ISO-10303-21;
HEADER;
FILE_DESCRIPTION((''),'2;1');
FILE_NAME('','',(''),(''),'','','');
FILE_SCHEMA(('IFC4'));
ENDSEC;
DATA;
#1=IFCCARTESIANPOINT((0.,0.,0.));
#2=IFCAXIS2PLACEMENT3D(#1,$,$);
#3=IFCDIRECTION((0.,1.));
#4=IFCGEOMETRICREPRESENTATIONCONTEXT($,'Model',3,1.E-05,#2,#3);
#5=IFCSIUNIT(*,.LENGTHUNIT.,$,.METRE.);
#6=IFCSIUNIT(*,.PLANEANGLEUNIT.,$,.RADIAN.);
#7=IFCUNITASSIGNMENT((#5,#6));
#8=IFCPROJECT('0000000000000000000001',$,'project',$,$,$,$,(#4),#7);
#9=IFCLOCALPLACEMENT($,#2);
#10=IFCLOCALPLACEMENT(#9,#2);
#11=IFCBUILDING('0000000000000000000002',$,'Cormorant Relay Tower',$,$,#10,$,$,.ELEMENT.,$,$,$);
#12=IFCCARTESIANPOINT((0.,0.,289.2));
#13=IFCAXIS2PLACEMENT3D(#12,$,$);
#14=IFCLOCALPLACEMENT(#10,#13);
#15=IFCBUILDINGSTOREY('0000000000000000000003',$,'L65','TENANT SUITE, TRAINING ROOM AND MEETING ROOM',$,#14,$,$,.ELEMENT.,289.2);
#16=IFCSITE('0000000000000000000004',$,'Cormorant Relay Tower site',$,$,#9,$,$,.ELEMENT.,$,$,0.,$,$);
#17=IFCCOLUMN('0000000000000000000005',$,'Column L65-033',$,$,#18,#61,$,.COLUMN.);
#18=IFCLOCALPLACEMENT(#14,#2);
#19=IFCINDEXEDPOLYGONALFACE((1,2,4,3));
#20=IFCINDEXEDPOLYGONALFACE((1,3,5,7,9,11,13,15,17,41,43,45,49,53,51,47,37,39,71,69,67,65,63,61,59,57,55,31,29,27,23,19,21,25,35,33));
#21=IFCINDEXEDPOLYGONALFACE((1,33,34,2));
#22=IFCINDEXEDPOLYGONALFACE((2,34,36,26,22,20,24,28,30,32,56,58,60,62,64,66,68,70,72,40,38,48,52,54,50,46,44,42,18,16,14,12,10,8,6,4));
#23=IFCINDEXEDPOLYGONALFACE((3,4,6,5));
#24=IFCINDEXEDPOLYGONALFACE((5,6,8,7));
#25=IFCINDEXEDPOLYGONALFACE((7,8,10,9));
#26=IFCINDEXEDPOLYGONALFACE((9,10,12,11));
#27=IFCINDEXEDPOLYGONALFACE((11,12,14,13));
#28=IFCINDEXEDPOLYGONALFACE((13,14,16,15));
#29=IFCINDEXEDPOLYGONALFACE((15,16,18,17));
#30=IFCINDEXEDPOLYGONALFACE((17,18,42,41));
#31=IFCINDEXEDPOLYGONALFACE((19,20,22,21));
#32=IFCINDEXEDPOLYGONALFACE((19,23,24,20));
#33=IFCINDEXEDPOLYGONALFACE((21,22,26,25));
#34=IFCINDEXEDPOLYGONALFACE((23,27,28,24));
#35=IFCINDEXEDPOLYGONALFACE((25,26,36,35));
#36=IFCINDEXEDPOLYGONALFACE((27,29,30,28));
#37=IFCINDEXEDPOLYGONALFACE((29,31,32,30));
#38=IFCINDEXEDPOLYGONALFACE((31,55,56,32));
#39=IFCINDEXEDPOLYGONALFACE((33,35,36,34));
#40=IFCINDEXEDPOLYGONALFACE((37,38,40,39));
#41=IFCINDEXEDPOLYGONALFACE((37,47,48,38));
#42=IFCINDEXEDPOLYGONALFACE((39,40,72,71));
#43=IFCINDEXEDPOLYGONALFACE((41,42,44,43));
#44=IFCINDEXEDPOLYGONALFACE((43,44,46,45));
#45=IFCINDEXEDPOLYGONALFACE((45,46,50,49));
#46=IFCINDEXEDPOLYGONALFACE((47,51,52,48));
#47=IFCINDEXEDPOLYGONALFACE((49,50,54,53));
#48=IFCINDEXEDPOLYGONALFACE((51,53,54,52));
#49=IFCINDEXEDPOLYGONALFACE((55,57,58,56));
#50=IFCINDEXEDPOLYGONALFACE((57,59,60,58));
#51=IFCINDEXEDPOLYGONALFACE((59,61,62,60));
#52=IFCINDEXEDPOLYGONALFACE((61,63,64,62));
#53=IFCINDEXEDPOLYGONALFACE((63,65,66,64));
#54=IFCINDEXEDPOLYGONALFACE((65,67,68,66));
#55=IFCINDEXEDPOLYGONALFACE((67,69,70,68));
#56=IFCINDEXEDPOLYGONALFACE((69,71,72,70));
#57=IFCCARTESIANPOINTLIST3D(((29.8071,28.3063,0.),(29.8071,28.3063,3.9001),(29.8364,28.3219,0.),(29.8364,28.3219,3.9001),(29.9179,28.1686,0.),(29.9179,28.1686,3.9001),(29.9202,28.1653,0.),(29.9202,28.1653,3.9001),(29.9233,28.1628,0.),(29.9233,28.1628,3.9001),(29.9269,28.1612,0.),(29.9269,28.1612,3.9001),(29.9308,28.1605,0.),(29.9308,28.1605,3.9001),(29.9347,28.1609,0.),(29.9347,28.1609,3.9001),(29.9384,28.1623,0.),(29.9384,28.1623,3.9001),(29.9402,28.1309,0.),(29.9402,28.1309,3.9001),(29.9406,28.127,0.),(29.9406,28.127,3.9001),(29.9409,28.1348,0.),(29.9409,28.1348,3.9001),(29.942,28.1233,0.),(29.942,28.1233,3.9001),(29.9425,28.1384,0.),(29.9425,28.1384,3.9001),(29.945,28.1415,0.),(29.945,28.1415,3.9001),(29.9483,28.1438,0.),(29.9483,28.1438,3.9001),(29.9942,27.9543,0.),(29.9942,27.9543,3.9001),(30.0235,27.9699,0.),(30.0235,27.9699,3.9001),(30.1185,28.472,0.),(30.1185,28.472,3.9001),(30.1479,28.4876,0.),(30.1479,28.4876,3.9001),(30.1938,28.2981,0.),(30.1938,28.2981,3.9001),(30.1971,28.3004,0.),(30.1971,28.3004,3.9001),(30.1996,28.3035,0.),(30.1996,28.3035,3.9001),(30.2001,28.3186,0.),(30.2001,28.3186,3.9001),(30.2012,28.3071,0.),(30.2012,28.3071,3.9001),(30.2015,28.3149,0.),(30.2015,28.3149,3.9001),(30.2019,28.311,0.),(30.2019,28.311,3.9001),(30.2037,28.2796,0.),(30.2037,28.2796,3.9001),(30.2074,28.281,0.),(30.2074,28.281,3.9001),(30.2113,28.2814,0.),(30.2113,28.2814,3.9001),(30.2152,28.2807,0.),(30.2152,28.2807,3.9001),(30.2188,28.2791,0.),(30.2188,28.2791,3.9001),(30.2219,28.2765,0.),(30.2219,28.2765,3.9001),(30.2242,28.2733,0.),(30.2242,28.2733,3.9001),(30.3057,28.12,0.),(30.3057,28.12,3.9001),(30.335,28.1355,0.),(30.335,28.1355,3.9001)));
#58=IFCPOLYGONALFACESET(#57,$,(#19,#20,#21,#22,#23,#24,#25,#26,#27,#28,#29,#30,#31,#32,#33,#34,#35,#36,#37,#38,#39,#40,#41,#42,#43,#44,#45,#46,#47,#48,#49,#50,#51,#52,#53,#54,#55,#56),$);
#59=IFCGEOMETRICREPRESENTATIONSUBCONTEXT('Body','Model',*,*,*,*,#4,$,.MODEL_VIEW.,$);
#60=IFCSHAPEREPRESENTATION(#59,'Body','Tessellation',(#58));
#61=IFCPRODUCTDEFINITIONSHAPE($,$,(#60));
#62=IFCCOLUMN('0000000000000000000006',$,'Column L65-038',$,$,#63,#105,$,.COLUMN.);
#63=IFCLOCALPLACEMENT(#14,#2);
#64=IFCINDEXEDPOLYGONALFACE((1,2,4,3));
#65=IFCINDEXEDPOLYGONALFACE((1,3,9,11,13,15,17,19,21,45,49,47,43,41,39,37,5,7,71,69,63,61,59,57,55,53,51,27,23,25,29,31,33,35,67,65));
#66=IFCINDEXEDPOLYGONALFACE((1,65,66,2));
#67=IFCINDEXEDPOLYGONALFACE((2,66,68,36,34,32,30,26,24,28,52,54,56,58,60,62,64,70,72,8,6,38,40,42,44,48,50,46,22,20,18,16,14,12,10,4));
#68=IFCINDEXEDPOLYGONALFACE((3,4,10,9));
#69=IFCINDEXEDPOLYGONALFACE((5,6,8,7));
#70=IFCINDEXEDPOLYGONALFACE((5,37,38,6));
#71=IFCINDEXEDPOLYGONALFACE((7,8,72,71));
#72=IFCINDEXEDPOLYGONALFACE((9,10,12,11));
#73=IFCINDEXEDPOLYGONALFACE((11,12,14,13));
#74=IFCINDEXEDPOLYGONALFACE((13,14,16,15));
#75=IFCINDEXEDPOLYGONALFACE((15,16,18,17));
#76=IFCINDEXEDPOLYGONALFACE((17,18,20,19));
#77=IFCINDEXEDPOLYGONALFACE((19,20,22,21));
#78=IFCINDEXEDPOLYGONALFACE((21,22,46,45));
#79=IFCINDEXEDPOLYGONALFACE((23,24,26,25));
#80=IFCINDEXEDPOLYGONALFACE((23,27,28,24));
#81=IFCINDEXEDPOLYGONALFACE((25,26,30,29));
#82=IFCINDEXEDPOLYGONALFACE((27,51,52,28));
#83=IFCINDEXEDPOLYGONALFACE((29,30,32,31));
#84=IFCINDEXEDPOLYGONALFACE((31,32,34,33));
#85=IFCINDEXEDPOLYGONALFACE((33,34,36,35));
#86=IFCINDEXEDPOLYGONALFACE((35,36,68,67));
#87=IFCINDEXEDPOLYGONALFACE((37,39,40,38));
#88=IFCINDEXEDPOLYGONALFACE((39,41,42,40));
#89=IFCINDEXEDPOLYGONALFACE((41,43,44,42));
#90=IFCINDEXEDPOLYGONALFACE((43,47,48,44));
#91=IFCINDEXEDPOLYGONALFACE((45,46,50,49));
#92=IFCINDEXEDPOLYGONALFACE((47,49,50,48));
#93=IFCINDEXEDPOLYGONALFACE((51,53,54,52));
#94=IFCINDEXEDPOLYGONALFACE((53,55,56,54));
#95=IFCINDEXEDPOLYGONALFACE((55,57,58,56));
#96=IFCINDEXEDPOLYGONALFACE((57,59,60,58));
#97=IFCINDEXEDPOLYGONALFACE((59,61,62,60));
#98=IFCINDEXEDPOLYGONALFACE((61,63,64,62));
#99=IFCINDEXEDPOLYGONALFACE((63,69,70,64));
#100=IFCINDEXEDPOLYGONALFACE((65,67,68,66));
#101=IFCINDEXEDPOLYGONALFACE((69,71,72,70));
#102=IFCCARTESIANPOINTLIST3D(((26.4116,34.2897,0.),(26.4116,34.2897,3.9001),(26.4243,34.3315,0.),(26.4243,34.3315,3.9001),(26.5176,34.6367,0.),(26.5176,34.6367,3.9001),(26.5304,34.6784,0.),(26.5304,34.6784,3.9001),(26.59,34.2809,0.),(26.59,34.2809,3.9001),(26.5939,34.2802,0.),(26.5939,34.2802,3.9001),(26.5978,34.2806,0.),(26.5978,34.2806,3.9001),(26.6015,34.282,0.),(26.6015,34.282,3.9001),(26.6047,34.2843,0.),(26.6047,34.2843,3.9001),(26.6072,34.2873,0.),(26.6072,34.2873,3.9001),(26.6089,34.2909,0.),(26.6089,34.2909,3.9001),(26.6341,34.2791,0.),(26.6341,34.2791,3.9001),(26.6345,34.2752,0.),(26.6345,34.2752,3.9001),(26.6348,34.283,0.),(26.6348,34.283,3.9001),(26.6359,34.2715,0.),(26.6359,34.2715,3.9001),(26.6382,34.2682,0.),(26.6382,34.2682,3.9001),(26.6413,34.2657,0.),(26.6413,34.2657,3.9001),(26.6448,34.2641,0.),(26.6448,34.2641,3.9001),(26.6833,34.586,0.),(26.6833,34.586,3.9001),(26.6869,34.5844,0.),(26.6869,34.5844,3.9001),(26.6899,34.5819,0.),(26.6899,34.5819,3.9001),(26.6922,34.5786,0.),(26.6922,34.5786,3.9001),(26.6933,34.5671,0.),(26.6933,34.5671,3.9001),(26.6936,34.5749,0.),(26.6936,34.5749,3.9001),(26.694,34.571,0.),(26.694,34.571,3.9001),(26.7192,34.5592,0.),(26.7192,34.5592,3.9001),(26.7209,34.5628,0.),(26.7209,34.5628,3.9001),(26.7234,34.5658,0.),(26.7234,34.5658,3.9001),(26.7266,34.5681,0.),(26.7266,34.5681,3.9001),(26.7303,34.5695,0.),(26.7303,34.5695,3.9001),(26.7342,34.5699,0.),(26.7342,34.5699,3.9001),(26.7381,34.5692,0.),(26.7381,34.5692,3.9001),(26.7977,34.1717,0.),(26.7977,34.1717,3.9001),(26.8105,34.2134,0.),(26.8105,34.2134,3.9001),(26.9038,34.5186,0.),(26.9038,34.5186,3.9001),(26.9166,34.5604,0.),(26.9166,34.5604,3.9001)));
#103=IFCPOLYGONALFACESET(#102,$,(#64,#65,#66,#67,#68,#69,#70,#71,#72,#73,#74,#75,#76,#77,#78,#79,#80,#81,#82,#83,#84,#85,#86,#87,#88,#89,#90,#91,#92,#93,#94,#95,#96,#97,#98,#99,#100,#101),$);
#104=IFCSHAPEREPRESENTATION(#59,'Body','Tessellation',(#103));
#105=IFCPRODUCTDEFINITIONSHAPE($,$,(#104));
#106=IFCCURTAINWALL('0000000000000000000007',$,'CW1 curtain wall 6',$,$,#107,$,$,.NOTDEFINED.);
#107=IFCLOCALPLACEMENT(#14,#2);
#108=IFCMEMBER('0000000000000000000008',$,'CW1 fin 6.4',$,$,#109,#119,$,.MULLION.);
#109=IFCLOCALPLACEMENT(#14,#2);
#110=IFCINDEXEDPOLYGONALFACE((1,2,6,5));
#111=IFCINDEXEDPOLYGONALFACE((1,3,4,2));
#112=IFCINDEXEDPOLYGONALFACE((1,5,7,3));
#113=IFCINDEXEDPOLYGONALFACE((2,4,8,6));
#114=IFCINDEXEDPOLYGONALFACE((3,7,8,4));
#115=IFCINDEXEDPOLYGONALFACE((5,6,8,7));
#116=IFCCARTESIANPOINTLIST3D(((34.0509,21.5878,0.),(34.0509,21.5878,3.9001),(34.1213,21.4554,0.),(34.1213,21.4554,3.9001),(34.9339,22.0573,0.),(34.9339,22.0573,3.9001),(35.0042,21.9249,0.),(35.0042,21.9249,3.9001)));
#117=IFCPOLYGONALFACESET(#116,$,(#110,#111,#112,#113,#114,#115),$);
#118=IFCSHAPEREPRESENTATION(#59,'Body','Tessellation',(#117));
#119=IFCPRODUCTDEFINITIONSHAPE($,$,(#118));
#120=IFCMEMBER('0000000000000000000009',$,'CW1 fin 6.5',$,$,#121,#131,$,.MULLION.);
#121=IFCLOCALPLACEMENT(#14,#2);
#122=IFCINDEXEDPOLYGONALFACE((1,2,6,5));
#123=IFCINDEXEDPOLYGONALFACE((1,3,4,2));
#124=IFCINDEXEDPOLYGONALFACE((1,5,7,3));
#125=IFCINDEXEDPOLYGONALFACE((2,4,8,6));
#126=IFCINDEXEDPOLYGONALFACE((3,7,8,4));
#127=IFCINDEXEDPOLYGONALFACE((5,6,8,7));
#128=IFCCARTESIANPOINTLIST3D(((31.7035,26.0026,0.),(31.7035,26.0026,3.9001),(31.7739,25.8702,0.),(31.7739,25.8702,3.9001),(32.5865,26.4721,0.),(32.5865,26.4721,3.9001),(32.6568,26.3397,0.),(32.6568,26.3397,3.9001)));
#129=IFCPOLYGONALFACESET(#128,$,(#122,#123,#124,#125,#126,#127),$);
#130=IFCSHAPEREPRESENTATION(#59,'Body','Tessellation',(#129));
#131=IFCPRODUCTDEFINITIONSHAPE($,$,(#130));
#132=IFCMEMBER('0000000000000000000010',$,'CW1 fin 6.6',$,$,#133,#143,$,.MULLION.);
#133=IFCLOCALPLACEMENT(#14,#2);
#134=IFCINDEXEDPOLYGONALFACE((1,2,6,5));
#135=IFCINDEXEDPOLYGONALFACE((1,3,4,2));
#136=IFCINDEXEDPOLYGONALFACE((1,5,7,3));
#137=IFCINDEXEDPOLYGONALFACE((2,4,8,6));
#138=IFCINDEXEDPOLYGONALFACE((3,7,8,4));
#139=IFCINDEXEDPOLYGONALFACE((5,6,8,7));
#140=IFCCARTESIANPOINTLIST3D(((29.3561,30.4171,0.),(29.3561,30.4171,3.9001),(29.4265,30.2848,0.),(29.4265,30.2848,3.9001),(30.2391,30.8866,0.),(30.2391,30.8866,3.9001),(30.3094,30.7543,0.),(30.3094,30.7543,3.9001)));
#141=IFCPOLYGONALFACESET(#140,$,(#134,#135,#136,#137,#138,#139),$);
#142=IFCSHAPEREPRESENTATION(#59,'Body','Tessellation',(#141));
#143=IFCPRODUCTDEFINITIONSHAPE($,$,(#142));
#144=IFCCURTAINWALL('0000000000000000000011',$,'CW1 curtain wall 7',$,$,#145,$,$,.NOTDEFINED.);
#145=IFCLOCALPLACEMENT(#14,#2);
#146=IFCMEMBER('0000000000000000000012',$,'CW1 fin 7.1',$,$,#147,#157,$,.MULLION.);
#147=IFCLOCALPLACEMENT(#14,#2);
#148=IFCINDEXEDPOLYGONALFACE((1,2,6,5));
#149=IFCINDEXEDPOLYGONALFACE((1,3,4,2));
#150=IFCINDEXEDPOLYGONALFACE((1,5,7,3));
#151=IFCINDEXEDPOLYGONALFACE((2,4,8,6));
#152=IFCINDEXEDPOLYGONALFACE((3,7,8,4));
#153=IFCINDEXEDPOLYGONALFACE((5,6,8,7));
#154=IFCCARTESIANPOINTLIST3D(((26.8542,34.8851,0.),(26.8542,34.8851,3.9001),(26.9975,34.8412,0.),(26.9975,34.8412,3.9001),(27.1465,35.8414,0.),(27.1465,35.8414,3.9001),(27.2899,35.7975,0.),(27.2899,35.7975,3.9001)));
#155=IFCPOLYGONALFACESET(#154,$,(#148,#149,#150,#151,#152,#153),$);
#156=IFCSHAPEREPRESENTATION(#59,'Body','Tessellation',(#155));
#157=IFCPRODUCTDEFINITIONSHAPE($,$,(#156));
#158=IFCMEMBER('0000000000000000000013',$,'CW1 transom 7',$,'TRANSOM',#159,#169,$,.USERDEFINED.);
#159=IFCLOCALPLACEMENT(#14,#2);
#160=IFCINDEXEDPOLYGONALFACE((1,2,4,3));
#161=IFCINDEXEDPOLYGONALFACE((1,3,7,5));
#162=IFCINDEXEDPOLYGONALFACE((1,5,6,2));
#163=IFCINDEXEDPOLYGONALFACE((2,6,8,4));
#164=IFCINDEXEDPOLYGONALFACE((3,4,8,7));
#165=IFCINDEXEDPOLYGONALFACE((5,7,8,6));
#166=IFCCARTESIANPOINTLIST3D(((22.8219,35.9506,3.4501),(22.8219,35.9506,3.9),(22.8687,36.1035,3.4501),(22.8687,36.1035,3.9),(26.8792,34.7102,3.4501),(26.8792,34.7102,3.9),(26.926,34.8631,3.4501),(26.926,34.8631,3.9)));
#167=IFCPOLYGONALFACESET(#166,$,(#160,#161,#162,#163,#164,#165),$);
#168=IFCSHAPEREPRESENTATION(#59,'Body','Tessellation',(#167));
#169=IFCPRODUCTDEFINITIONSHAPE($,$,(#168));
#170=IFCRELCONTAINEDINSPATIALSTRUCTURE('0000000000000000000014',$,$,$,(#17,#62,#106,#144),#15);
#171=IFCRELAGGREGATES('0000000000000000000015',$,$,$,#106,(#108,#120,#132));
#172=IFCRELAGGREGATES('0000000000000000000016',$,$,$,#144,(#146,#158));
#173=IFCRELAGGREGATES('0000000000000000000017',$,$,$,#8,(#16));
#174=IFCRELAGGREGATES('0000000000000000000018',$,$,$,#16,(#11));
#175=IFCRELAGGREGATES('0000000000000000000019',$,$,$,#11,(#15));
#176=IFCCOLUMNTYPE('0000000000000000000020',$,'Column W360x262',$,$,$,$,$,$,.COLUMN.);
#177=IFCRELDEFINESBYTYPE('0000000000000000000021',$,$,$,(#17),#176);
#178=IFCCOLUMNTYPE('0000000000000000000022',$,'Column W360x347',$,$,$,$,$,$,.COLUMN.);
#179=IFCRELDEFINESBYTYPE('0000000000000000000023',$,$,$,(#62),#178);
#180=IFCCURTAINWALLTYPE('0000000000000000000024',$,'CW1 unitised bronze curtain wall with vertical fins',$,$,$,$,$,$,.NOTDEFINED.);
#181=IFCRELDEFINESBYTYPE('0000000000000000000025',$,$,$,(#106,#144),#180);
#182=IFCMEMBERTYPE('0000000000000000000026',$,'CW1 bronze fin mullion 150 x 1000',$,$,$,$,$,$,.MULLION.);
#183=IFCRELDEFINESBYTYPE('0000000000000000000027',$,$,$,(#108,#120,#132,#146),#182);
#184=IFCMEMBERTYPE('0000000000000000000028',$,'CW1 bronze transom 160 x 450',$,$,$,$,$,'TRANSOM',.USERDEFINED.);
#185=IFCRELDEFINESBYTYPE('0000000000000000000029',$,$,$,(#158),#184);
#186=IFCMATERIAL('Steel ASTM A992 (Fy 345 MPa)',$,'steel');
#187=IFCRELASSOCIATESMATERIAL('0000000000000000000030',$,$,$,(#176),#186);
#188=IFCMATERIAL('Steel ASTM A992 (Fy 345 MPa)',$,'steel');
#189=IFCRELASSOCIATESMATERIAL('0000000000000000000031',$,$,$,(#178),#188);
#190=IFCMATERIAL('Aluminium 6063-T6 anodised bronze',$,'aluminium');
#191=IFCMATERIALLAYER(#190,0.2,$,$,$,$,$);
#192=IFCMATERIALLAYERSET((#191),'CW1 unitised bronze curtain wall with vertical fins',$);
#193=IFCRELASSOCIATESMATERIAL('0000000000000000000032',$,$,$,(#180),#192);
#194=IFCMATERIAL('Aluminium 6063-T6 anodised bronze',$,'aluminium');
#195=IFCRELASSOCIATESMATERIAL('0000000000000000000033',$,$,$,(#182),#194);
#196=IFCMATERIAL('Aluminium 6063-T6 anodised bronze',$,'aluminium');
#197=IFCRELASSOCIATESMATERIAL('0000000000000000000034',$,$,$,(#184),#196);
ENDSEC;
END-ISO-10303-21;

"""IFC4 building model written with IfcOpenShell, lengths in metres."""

from ifc_helpers import new_model, si_unit, direction, frame, origin, origin_2d, place, context, subcontext, project, spatial, rectangle, i_section, extrude, material, layer, layer_set, material_profile, profile_set, type_object, element, aggregate, save


model = new_model("IFC4")

# Units and contexts
model_context = context("Model", 3, precision=1e-05, world=origin(), true_north=direction((0.0, 1.0)))
body_context = subcontext(model_context, "Body", "Model", "MODEL_VIEW")
ifc_project = project(units=[si_unit("LENGTHUNIT", "METRE"), si_unit("PLANEANGLEUNIT", "RADIAN")], contexts=[model_context])

# Site, building, storey
site_placement = place(None, origin())
site = spatial("IfcSite", under=ifc_project, at=site_placement, Name="Cormorant Relay Tower site", CompositionType="ELEMENT", RefElevation=0.0)
building_placement = place(site_placement, origin())
building = spatial("IfcBuilding", under=site, at=building_placement, Name="Cormorant Relay Tower", CompositionType="ELEMENT")
storey_placement = place(building_placement, frame((0.0, 0.0, 289.2)))
storey = spatial("IfcBuildingStorey", under=building, at=storey_placement, Name="L65", Description="TENANT SUITE, TRAINING ROOM AND MEETING ROOM", CompositionType="ELEMENT", Elevation=289.2)

# Columns
ifc_material_1 = material(Name="Steel ASTM A992 (Fy 345 MPa)", Category="steel")
ifc_material_profile_1 = material_profile(ifc_material_1, i_section(OverallWidth=0.3987, OverallDepth=0.386, WebThickness=0.021, FlangeThickness=0.0332, FilletRadius=0.0151, at=origin_2d()), Name="W360x262")
ifc_profile_set_1 = profile_set([ifc_material_profile_1], Name="Steel ASTM A992 (Fy 345 MPa)")
column_type_1 = type_object("IfcColumnType", Name="Column W360x262", PredefinedType="COLUMN", material=ifc_profile_set_1)
column_1_placement = place(storey_placement, frame((30.071, 28.2209, 0.0), z_axis=(0.0, 0.0, 1.0), x_axis=(-0.469472, 0.882948, 0.0)))
element("IfcColumn", 1, at=column_1_placement, inside=storey, type_object=column_type_1, Name="Column L65-033", PredefinedType="COLUMN", context=body_context, shape_type="SweptSolid", body=[
    extrude(i_section(OverallWidth=0.3987, OverallDepth=0.386, WebThickness=0.021, FlangeThickness=0.0332, FilletRadius=0.0151, at=origin_2d()), origin(), (0.0, 0.0, 1.0), 3.9001),
])
ifc_material_2 = material(Name="Steel ASTM A992 (Fy 345 MPa)", Category="steel")
ifc_material_profile_2 = material_profile(ifc_material_2, i_section(OverallWidth=0.4038, OverallDepth=0.4065, WebThickness=0.0271, FlangeThickness=0.0437, FilletRadius=0.0151, at=origin_2d()), Name="W360x347")
ifc_profile_set_2 = profile_set([ifc_material_profile_2], Name="Steel ASTM A992 (Fy 345 MPa)")
column_type_2 = type_object("IfcColumnType", Name="Column W360x347", PredefinedType="COLUMN", material=ifc_profile_set_2)
column_2_placement = place(storey_placement, frame((26.6641, 34.425, 0.0), z_axis=(0.0, 0.0, 1.0), x_axis=(-0.956305, 0.292372, 0.0)))
element("IfcColumn", 2, at=column_2_placement, inside=storey, type_object=column_type_2, Name="Column L65-038", PredefinedType="COLUMN", context=body_context, shape_type="SweptSolid", body=[
    extrude(i_section(OverallWidth=0.4038, OverallDepth=0.4065, WebThickness=0.0271, FlangeThickness=0.0437, FilletRadius=0.0151, at=origin_2d()), origin(), (0.0, 0.0, 1.0), 3.9001),
])

# Curtain walls, members
ifc_material_3 = material(Name="Aluminium 6063-T6 anodised bronze", Category="aluminium")
ifc_layer_1 = layer(ifc_material_3, 0.2)
ifc_layer_set_1 = layer_set([ifc_layer_1], Name="CW1 unitised bronze curtain wall with vertical fins")
curtain_wall_type = type_object("IfcCurtainWallType", Name="CW1 unitised bronze curtain wall with vertical fins", PredefinedType="NOTDEFINED", material=ifc_layer_set_1)
curtain_wall_1_placement = place(storey_placement, origin())
curtain_wall_1 = element("IfcCurtainWall", 3, at=curtain_wall_1_placement, inside=storey, type_object=curtain_wall_type, Name="CW1 curtain wall 6", PredefinedType="NOTDEFINED")
ifc_material_4 = material(Name="Aluminium 6063-T6 anodised bronze", Category="aluminium")
ifc_material_profile_3 = material_profile(ifc_material_4, rectangle(XDim=0.1499, YDim=1.0, at=origin_2d()), Name="AL 150x1000")
ifc_profile_set_3 = profile_set([ifc_material_profile_3], Name="Aluminium 6063-T6 anodised bronze")
member_type_1 = type_object("IfcMemberType", Name="CW1 bronze fin mullion 150 x 1000", PredefinedType="MULLION", material=ifc_profile_set_3)
member_1_placement = place(storey_placement, frame((34.5276, 21.7563, 0.0), z_axis=(0.0, 0.0, 1.0), x_axis=(-0.469472, 0.882948, 0.0)))
member_1 = element("IfcMember", 4, at=member_1_placement, type_object=member_type_1, Name="CW1 fin 6.4", PredefinedType="MULLION", context=body_context, shape_type="SweptSolid", body=[
    extrude(rectangle(XDim=0.1499, YDim=1.0, at=origin_2d()), origin(), (0.0, 0.0, 1.0), 3.9001),
])
member_2_placement = place(storey_placement, frame((32.1802, 26.1711, 0.0), z_axis=(0.0, 0.0, 1.0), x_axis=(-0.469472, 0.882948, 0.0)))
member_2 = element("IfcMember", 5, at=member_2_placement, type_object=member_type_1, Name="CW1 fin 6.5", PredefinedType="MULLION", context=body_context, shape_type="SweptSolid", body=[
    extrude(rectangle(XDim=0.1499, YDim=1.0, at=origin_2d()), origin(), (0.0, 0.0, 1.0), 3.9001),
])
member_3_placement = place(storey_placement, frame((29.8328, 30.5857, 0.0), z_axis=(0.0, 0.0, 1.0), x_axis=(-0.469472, 0.882948, 0.0)))
member_3 = element("IfcMember", 6, at=member_3_placement, type_object=member_type_1, Name="CW1 fin 6.6", PredefinedType="MULLION", context=body_context, shape_type="SweptSolid", body=[
    extrude(rectangle(XDim=0.1499, YDim=1.0, at=origin_2d()), origin(), (0.0, 0.0, 1.0), 3.9001),
])
curtain_wall_2_placement = place(storey_placement, origin())
curtain_wall_2 = element("IfcCurtainWall", 7, at=curtain_wall_2_placement, inside=storey, type_object=curtain_wall_type, Name="CW1 curtain wall 7", PredefinedType="NOTDEFINED")
member_4_placement = place(storey_placement, frame((27.072, 35.3413, 0.0), z_axis=(0.0, 0.0, 1.0), x_axis=(-0.956305, 0.292372, 0.0)))
member_4 = element("IfcMember", 8, at=member_4_placement, type_object=member_type_1, Name="CW1 fin 7.1", PredefinedType="MULLION", context=body_context, shape_type="SweptSolid", body=[
    extrude(rectangle(XDim=0.1499, YDim=1.0, at=origin_2d()), origin(), (0.0, 0.0, 1.0), 3.9001),
])
ifc_material_5 = material(Name="Aluminium 6063-T6 anodised bronze", Category="aluminium")
ifc_material_profile_4 = material_profile(ifc_material_5, rectangle(XDim=0.1599, YDim=0.45, at=origin_2d()), Name="AL 160x450")
ifc_profile_set_4 = profile_set([ifc_material_profile_4], Name="Aluminium 6063-T6 anodised bronze")
member_type_2 = type_object("IfcMemberType", Name="CW1 bronze transom 160 x 450", ElementType="TRANSOM", PredefinedType="USERDEFINED", material=ifc_profile_set_4)
member_5_placement = place(storey_placement, frame((26.9026, 34.7866, 3.675), z_axis=(-0.956304, 0.292375, 0.0), x_axis=(-0.292375, -0.956304, 0.0)))
member_5 = element("IfcMember", 9, at=member_5_placement, type_object=member_type_2, Name="CW1 transom 7", ObjectType="TRANSOM", PredefinedType="USERDEFINED", context=body_context, shape_type="SweptSolid", body=[
    extrude(rectangle(XDim=0.1599, YDim=0.45, at=origin_2d()), origin(), (0.0, 0.0, 1.0), 4.2427),
])

aggregate(curtain_wall_1, [member_1, member_2, member_3])
aggregate(curtain_wall_2, [member_4, member_5])

save(model, "model.ifc")
